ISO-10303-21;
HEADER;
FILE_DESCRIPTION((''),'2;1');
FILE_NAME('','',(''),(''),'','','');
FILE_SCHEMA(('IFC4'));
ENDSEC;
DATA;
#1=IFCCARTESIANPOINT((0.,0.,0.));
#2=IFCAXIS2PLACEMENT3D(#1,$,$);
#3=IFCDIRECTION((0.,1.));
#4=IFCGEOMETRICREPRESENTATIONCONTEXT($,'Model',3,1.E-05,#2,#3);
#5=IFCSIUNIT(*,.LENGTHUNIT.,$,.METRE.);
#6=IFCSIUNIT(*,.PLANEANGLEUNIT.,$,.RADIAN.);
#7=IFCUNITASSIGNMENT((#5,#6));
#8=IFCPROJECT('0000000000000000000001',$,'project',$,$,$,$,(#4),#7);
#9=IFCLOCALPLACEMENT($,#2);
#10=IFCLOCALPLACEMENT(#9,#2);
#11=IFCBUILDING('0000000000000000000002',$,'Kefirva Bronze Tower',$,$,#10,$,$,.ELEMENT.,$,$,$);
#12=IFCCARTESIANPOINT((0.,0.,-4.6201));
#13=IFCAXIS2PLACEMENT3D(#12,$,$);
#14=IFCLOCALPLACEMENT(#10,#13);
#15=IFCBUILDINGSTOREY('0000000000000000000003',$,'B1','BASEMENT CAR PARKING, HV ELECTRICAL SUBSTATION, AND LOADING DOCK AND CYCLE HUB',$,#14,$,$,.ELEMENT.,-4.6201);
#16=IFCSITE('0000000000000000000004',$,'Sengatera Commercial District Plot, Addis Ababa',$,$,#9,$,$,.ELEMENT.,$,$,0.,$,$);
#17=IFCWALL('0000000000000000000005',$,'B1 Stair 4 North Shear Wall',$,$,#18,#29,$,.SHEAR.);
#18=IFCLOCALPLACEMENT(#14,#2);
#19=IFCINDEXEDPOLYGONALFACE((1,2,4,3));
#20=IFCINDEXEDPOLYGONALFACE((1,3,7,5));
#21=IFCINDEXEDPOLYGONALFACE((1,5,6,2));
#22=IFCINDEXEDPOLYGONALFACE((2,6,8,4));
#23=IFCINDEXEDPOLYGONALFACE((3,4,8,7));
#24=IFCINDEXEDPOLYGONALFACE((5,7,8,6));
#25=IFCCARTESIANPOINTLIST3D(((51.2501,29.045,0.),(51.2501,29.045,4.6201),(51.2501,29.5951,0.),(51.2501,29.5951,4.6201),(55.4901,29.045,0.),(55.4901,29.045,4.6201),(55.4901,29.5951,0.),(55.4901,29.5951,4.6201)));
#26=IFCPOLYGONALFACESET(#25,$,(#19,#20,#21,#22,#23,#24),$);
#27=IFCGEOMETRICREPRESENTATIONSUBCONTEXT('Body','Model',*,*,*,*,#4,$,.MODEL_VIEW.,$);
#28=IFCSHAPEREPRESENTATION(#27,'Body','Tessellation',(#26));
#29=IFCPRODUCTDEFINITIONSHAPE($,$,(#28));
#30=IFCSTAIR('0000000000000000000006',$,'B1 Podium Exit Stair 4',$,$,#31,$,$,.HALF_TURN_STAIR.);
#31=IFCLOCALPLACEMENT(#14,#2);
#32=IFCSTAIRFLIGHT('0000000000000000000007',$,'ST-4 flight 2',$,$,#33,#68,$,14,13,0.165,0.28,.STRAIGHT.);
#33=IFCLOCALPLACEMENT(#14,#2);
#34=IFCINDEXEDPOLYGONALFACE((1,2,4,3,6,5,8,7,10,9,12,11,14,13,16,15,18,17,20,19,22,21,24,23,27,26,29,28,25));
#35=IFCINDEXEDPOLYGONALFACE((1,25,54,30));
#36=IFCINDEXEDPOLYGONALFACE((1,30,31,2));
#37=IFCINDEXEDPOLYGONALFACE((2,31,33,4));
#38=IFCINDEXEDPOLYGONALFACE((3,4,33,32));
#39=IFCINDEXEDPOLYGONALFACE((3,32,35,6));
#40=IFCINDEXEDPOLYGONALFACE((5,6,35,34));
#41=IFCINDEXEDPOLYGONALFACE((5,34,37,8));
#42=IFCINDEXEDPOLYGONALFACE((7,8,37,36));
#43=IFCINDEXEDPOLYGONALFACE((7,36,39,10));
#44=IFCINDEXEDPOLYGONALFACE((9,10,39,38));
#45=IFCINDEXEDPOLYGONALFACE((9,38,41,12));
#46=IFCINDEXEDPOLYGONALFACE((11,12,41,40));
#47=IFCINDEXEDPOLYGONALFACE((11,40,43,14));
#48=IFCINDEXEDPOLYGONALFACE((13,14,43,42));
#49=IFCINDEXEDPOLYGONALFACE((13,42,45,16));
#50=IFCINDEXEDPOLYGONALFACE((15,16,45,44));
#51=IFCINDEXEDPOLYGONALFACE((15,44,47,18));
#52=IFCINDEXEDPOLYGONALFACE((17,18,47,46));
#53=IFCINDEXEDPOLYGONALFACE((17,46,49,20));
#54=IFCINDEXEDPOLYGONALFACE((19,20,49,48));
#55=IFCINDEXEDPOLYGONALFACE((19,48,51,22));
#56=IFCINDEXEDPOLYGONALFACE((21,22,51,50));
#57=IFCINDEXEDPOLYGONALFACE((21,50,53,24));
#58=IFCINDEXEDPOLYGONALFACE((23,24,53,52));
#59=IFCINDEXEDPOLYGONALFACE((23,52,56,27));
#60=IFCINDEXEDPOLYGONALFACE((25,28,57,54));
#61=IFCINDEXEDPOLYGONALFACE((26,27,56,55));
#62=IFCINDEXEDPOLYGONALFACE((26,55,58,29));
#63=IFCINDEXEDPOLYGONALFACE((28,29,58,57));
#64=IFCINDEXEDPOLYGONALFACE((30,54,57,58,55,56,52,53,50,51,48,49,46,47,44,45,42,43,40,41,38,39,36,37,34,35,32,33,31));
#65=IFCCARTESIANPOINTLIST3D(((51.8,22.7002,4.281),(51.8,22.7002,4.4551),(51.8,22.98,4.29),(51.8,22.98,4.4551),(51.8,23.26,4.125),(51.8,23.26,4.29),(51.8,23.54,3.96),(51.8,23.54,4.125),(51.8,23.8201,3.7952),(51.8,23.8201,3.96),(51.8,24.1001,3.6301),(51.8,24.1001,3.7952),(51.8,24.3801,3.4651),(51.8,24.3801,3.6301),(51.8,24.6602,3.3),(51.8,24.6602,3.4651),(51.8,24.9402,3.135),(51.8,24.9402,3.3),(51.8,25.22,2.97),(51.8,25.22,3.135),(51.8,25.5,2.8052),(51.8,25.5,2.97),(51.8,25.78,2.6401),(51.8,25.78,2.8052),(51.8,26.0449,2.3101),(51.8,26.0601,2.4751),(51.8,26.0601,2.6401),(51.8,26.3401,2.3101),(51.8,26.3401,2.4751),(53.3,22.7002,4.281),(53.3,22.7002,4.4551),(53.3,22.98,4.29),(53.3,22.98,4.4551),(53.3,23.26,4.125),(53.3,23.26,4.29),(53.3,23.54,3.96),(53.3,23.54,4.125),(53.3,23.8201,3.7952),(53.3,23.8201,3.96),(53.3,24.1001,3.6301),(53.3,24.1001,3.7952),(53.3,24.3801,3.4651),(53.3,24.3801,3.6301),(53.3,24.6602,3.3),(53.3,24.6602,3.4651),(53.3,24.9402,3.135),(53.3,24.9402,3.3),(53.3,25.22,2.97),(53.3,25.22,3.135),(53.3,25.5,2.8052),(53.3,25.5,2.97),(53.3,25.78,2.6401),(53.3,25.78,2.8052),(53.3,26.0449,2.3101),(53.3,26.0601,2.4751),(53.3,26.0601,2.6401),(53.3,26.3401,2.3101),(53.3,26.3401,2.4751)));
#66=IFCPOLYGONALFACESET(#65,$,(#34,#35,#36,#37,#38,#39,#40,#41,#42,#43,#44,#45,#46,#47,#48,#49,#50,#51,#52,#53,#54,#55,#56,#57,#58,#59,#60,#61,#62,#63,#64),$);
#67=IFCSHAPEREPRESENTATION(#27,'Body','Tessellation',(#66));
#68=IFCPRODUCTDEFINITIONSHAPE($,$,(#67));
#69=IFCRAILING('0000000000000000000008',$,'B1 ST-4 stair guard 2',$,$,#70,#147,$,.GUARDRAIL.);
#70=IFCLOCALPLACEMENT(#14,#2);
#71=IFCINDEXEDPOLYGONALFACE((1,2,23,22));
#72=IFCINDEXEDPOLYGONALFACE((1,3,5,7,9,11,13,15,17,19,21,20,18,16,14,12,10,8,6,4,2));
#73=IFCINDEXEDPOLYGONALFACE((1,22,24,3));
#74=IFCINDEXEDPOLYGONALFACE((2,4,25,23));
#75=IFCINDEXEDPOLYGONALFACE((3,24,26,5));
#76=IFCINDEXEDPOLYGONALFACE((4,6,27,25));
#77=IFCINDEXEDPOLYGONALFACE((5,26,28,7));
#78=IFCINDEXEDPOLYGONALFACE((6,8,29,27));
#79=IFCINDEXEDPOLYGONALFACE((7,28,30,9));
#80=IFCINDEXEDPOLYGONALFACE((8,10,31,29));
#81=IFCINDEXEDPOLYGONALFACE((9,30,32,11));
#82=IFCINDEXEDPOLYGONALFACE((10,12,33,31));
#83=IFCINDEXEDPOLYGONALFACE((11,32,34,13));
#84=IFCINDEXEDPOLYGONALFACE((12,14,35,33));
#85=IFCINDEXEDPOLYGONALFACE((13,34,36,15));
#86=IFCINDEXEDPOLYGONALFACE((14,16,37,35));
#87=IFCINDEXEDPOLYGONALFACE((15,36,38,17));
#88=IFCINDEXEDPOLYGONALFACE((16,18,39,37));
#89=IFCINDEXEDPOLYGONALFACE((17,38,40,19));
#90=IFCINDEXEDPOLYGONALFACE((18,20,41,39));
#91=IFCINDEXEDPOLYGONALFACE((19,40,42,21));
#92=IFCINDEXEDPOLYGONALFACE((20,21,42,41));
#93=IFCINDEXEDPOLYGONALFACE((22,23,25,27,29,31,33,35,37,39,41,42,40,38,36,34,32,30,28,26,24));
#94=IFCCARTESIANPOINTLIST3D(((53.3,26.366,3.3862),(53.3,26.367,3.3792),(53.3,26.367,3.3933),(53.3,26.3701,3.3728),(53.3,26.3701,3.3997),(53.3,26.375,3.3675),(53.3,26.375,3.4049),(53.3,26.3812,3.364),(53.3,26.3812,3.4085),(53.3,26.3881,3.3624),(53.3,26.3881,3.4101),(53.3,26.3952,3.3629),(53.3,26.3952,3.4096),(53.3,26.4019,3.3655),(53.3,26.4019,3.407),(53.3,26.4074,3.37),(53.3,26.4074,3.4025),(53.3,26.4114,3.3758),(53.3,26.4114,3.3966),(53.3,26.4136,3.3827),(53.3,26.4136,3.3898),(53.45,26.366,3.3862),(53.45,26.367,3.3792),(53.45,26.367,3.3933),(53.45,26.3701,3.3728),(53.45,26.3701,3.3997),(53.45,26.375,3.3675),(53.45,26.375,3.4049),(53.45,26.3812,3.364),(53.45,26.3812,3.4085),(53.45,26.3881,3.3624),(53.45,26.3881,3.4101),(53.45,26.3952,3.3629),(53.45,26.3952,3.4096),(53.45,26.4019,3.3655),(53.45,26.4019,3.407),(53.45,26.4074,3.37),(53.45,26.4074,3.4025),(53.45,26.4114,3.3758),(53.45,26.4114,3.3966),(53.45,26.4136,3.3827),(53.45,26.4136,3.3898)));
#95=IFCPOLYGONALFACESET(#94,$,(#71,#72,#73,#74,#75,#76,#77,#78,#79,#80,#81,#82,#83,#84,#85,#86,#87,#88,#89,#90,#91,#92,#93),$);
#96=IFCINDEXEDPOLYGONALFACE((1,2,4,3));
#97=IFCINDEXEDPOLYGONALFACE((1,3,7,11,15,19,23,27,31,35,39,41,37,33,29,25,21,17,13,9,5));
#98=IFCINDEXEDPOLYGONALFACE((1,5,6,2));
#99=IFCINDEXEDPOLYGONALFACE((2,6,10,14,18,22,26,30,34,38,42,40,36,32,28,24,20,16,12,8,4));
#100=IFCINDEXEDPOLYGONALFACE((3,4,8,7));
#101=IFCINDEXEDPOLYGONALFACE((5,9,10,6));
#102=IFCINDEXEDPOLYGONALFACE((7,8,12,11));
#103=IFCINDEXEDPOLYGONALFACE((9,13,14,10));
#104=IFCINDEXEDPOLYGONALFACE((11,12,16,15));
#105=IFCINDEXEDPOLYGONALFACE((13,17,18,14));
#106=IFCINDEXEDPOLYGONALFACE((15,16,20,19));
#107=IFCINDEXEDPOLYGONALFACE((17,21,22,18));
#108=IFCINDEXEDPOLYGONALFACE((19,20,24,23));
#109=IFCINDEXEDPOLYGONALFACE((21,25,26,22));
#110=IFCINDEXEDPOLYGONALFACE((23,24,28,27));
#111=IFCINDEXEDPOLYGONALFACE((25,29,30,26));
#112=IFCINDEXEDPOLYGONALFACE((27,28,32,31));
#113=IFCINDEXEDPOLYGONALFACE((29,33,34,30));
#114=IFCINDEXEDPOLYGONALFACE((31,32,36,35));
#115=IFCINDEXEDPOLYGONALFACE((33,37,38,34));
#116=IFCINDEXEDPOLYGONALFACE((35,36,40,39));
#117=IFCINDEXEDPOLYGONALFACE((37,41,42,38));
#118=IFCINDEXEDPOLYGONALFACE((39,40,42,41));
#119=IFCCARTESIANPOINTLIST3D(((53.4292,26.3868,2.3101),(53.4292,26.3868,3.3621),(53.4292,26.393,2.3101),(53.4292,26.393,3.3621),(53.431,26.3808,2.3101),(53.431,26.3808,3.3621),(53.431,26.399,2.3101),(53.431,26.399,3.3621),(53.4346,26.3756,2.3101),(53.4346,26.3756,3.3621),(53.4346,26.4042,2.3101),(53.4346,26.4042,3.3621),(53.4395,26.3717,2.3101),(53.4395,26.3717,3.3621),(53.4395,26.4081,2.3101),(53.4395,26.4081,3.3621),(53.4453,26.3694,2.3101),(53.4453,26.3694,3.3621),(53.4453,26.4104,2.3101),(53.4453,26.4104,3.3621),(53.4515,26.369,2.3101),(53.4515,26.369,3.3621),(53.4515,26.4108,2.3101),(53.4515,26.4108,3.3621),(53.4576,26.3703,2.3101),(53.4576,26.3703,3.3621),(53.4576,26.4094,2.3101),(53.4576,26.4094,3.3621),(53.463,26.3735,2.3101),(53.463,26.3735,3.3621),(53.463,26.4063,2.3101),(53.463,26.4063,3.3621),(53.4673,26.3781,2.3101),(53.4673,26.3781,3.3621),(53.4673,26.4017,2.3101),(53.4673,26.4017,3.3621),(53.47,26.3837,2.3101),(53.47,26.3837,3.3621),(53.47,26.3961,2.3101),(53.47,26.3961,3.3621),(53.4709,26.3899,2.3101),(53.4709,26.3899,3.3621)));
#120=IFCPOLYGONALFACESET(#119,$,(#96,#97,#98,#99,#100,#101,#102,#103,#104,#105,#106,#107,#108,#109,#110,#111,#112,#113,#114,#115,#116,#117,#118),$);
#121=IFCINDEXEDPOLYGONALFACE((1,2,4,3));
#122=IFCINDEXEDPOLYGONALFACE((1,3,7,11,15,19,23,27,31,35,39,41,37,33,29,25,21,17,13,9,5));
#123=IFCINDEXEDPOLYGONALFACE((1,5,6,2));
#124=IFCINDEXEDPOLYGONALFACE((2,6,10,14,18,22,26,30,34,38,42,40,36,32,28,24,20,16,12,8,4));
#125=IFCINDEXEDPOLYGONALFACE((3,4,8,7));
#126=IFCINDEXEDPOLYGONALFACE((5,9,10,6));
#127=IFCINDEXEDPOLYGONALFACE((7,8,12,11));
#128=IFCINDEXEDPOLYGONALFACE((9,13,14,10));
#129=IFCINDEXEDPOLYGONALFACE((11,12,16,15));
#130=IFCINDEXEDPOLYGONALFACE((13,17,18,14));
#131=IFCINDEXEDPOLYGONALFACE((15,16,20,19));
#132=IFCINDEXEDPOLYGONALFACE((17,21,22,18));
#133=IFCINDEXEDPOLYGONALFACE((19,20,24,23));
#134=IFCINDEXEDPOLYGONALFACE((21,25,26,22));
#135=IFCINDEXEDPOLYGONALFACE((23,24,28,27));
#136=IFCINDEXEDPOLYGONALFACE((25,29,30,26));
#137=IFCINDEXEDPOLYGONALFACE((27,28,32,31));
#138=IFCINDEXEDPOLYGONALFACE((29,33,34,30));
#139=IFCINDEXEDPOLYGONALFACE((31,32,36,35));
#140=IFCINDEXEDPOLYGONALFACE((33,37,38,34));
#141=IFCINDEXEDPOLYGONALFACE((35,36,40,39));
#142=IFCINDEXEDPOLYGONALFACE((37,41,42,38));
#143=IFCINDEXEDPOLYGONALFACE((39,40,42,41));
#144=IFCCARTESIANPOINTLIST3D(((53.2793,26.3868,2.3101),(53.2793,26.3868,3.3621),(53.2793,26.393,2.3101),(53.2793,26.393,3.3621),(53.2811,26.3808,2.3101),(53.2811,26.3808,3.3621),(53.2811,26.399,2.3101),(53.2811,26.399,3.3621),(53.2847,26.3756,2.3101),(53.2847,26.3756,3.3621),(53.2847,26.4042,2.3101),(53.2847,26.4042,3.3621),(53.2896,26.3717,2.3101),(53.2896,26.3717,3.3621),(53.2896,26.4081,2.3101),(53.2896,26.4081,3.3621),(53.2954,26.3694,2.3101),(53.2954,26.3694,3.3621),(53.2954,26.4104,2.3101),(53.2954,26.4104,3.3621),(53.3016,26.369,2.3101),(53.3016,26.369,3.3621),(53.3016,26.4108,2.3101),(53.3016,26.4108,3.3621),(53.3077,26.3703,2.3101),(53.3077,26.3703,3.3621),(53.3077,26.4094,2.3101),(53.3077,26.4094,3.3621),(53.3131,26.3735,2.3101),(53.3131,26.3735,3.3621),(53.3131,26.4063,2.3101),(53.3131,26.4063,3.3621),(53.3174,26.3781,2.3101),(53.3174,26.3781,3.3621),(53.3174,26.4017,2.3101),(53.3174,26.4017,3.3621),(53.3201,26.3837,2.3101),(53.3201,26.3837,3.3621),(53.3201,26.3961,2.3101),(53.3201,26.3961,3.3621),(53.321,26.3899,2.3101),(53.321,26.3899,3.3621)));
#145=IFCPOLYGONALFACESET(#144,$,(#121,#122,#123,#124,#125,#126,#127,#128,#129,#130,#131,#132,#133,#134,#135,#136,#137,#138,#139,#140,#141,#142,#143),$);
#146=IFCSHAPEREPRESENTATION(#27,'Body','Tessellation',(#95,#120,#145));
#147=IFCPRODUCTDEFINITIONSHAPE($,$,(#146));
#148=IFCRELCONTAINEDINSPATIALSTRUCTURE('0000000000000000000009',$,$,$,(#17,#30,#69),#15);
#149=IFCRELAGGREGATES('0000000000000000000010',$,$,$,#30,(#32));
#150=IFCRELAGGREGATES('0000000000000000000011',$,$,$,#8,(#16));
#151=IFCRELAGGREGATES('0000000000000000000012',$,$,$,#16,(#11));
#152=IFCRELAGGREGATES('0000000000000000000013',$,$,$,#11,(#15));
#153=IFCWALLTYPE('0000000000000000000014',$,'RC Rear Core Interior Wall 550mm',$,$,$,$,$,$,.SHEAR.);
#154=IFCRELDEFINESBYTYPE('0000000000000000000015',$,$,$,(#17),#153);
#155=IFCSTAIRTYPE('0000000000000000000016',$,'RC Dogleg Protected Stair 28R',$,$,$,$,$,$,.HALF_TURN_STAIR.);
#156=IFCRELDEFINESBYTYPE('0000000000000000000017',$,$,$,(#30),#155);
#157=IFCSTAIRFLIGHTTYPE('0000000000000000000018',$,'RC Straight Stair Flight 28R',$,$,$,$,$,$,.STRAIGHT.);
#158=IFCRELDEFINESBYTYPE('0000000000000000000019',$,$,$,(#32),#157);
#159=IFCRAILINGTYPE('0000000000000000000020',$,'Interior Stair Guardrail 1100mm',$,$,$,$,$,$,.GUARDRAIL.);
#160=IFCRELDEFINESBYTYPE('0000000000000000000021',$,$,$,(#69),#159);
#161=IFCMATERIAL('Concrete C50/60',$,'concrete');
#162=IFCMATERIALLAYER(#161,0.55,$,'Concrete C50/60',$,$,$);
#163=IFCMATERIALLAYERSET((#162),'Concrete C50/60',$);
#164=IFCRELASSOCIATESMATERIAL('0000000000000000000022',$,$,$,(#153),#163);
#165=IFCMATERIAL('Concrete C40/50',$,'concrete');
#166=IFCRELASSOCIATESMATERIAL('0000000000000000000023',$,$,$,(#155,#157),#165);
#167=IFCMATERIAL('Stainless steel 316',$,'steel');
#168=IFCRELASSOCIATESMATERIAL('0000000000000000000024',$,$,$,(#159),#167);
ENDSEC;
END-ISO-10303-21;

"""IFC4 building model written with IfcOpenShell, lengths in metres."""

from ifc_helpers import new_model, si_unit, direction, frame, frame_2d, origin, origin_2d, place, context, subcontext, project, spatial, polyline, rectangle, circle, outline, extrude, material, layer, layer_set, type_object, element, aggregate, save


model = new_model("IFC4")

# Units and contexts
model_context = context("Model", 3, precision=1e-05, world=origin(), true_north=direction((0.0, 1.0)))
body_context = subcontext(model_context, "Body", "Model", "MODEL_VIEW")
ifc_project = project(units=[si_unit("LENGTHUNIT", "METRE"), si_unit("PLANEANGLEUNIT", "RADIAN")], contexts=[model_context])

# Site, building, storey
site_placement = place(None, origin())
site = spatial("IfcSite", under=ifc_project, at=site_placement, Name="Sengatera Commercial District Plot, Addis Ababa", CompositionType="ELEMENT", RefElevation=0.0)
building_placement = place(site_placement, origin())
building = spatial("IfcBuilding", under=site, at=building_placement, Name="Kefirva Bronze Tower", CompositionType="ELEMENT")
storey_placement = place(building_placement, frame((0.0, 0.0, -4.6201)))
storey = spatial("IfcBuildingStorey", under=building, at=storey_placement, Name="B1", Description="BASEMENT CAR PARKING, HV ELECTRICAL SUBSTATION, AND LOADING DOCK AND CYCLE HUB", CompositionType="ELEMENT", Elevation=-4.6201)

# Wall
ifc_material_1 = material(Name="Concrete C50/60", Category="concrete")
ifc_layer = layer(ifc_material_1, 0.55, Name="Concrete C50/60")
ifc_layer_set = layer_set([ifc_layer], Name="Concrete C50/60")
wall_type = type_object("IfcWallType", Name="RC Rear Core Interior Wall 550mm", PredefinedType="SHEAR", material=ifc_layer_set)
wall_placement = place(storey_placement, frame((51.25, 29.3201, 0.0), z_axis=(0.0, 0.0, 1.0), x_axis=(1.0, 0.0, 0.0)))
element("IfcWall", 1, at=wall_placement, inside=storey, type_object=wall_type, Name="B1 Stair 4 North Shear Wall", PredefinedType="SHEAR", context=body_context, shape_type="SweptSolid", body=[
    extrude(rectangle(XDim=4.24, YDim=0.55, at=frame_2d((2.1201, 0.0))), origin(), (0.0, 0.0, 1.0), 4.6201),
])

# Stair, stair flight
ifc_material_2 = material(Name="Concrete C40/50", Category="concrete")
stair_type = type_object("IfcStairType", Name="RC Dogleg Protected Stair 28R", PredefinedType="HALF_TURN_STAIR", material=ifc_material_2)
stair_placement = place(storey_placement, origin())
stair = element("IfcStair", 2, at=stair_placement, inside=storey, type_object=stair_type, Name="B1 Podium Exit Stair 4", PredefinedType="HALF_TURN_STAIR")
stair_flight_type = type_object("IfcStairFlightType", Name="RC Straight Stair Flight 28R", PredefinedType="STRAIGHT", material=ifc_material_2)
stair_flight_placement = place(storey_placement, frame((52.55, 26.3401, 2.3101), z_axis=(0.0, 0.0, 1.0), x_axis=(0.0, -1.0, 0.0)))
stair_flight = element("IfcStairFlight", 3, at=stair_flight_placement, type_object=stair_flight_type, Name="ST-4 flight 2", NumberOfRisers=14, NumberOfTreads=13, PredefinedType="STRAIGHT", RiserHeight=0.165, TreadLength=0.28, context=body_context, shape_type="SweptSolid", body=[
    extrude(outline(polyline([(0.0, 0.0), (0.0, 0.165), (0.28, 0.165), (0.28, 0.3301), (0.5601, 0.3301), (0.5601, 0.4951), (0.8401, 0.4951), (0.8401, 0.6599), (1.1201, 0.6599), (1.1201, 0.825), (1.3999, 0.825), (1.3999, 0.99), (1.6799, 0.99), (1.6799, 1.155), (1.96, 1.155), (1.96, 1.3201), (2.24, 1.3201), (2.24, 1.4851), (2.52, 1.4851), (2.52, 1.6499), (2.8, 1.6499), (2.8, 1.8149), (3.0801, 1.8149), (3.0801, 1.98), (3.3601, 1.98), (3.3601, 2.145), (3.6399, 2.145), (3.6399, 2.3101), (3.6399, 1.9709), (0.2952, 0.0), (0.0, 0.0)])), frame((0.0, 0.75, 0.0), z_axis=(0.0, -1.0, 0.0), x_axis=(1.0, 0.0, 0.0)), (0.0, 0.0, 1.0), 1.5),
])
aggregate(stair, [stair_flight])

# Railing
ifc_material_3 = material(Name="Stainless steel 316", Category="steel")
railing_type_1 = type_object("IfcRailingType", Name="Interior Stair Guardrail 1100mm", PredefinedType="GUARDRAIL", material=ifc_material_3)
railing_1_placement = place(storey_placement, frame((53.45, 26.3899, 2.3101)))
element("IfcRailing", 4, at=railing_1_placement, inside=storey, type_object=railing_type_1, Name="B1 ST-4 stair guard 2", PredefinedType="GUARDRAIL", context=body_context, shape_type="SweptSolid", body=[
    extrude(circle(Radius=0.0239, at=origin_2d()), frame((0.0, 0.0, 1.0762), z_axis=(-1.0, 0.0, 0.0), x_axis=(0.0, -1.0, 0.0)), (0.0, 0.0, 1.0), 0.1499),
    extrude(circle(Radius=0.021, at=origin_2d()), origin(), (0.0, 0.0, 1.0), 1.052),
    extrude(circle(Radius=0.021, at=origin_2d()), frame((-0.1499, 0.0, 0.0)), (0.0, 0.0, 1.0), 1.052),
])

save(model, "model.ifc")
